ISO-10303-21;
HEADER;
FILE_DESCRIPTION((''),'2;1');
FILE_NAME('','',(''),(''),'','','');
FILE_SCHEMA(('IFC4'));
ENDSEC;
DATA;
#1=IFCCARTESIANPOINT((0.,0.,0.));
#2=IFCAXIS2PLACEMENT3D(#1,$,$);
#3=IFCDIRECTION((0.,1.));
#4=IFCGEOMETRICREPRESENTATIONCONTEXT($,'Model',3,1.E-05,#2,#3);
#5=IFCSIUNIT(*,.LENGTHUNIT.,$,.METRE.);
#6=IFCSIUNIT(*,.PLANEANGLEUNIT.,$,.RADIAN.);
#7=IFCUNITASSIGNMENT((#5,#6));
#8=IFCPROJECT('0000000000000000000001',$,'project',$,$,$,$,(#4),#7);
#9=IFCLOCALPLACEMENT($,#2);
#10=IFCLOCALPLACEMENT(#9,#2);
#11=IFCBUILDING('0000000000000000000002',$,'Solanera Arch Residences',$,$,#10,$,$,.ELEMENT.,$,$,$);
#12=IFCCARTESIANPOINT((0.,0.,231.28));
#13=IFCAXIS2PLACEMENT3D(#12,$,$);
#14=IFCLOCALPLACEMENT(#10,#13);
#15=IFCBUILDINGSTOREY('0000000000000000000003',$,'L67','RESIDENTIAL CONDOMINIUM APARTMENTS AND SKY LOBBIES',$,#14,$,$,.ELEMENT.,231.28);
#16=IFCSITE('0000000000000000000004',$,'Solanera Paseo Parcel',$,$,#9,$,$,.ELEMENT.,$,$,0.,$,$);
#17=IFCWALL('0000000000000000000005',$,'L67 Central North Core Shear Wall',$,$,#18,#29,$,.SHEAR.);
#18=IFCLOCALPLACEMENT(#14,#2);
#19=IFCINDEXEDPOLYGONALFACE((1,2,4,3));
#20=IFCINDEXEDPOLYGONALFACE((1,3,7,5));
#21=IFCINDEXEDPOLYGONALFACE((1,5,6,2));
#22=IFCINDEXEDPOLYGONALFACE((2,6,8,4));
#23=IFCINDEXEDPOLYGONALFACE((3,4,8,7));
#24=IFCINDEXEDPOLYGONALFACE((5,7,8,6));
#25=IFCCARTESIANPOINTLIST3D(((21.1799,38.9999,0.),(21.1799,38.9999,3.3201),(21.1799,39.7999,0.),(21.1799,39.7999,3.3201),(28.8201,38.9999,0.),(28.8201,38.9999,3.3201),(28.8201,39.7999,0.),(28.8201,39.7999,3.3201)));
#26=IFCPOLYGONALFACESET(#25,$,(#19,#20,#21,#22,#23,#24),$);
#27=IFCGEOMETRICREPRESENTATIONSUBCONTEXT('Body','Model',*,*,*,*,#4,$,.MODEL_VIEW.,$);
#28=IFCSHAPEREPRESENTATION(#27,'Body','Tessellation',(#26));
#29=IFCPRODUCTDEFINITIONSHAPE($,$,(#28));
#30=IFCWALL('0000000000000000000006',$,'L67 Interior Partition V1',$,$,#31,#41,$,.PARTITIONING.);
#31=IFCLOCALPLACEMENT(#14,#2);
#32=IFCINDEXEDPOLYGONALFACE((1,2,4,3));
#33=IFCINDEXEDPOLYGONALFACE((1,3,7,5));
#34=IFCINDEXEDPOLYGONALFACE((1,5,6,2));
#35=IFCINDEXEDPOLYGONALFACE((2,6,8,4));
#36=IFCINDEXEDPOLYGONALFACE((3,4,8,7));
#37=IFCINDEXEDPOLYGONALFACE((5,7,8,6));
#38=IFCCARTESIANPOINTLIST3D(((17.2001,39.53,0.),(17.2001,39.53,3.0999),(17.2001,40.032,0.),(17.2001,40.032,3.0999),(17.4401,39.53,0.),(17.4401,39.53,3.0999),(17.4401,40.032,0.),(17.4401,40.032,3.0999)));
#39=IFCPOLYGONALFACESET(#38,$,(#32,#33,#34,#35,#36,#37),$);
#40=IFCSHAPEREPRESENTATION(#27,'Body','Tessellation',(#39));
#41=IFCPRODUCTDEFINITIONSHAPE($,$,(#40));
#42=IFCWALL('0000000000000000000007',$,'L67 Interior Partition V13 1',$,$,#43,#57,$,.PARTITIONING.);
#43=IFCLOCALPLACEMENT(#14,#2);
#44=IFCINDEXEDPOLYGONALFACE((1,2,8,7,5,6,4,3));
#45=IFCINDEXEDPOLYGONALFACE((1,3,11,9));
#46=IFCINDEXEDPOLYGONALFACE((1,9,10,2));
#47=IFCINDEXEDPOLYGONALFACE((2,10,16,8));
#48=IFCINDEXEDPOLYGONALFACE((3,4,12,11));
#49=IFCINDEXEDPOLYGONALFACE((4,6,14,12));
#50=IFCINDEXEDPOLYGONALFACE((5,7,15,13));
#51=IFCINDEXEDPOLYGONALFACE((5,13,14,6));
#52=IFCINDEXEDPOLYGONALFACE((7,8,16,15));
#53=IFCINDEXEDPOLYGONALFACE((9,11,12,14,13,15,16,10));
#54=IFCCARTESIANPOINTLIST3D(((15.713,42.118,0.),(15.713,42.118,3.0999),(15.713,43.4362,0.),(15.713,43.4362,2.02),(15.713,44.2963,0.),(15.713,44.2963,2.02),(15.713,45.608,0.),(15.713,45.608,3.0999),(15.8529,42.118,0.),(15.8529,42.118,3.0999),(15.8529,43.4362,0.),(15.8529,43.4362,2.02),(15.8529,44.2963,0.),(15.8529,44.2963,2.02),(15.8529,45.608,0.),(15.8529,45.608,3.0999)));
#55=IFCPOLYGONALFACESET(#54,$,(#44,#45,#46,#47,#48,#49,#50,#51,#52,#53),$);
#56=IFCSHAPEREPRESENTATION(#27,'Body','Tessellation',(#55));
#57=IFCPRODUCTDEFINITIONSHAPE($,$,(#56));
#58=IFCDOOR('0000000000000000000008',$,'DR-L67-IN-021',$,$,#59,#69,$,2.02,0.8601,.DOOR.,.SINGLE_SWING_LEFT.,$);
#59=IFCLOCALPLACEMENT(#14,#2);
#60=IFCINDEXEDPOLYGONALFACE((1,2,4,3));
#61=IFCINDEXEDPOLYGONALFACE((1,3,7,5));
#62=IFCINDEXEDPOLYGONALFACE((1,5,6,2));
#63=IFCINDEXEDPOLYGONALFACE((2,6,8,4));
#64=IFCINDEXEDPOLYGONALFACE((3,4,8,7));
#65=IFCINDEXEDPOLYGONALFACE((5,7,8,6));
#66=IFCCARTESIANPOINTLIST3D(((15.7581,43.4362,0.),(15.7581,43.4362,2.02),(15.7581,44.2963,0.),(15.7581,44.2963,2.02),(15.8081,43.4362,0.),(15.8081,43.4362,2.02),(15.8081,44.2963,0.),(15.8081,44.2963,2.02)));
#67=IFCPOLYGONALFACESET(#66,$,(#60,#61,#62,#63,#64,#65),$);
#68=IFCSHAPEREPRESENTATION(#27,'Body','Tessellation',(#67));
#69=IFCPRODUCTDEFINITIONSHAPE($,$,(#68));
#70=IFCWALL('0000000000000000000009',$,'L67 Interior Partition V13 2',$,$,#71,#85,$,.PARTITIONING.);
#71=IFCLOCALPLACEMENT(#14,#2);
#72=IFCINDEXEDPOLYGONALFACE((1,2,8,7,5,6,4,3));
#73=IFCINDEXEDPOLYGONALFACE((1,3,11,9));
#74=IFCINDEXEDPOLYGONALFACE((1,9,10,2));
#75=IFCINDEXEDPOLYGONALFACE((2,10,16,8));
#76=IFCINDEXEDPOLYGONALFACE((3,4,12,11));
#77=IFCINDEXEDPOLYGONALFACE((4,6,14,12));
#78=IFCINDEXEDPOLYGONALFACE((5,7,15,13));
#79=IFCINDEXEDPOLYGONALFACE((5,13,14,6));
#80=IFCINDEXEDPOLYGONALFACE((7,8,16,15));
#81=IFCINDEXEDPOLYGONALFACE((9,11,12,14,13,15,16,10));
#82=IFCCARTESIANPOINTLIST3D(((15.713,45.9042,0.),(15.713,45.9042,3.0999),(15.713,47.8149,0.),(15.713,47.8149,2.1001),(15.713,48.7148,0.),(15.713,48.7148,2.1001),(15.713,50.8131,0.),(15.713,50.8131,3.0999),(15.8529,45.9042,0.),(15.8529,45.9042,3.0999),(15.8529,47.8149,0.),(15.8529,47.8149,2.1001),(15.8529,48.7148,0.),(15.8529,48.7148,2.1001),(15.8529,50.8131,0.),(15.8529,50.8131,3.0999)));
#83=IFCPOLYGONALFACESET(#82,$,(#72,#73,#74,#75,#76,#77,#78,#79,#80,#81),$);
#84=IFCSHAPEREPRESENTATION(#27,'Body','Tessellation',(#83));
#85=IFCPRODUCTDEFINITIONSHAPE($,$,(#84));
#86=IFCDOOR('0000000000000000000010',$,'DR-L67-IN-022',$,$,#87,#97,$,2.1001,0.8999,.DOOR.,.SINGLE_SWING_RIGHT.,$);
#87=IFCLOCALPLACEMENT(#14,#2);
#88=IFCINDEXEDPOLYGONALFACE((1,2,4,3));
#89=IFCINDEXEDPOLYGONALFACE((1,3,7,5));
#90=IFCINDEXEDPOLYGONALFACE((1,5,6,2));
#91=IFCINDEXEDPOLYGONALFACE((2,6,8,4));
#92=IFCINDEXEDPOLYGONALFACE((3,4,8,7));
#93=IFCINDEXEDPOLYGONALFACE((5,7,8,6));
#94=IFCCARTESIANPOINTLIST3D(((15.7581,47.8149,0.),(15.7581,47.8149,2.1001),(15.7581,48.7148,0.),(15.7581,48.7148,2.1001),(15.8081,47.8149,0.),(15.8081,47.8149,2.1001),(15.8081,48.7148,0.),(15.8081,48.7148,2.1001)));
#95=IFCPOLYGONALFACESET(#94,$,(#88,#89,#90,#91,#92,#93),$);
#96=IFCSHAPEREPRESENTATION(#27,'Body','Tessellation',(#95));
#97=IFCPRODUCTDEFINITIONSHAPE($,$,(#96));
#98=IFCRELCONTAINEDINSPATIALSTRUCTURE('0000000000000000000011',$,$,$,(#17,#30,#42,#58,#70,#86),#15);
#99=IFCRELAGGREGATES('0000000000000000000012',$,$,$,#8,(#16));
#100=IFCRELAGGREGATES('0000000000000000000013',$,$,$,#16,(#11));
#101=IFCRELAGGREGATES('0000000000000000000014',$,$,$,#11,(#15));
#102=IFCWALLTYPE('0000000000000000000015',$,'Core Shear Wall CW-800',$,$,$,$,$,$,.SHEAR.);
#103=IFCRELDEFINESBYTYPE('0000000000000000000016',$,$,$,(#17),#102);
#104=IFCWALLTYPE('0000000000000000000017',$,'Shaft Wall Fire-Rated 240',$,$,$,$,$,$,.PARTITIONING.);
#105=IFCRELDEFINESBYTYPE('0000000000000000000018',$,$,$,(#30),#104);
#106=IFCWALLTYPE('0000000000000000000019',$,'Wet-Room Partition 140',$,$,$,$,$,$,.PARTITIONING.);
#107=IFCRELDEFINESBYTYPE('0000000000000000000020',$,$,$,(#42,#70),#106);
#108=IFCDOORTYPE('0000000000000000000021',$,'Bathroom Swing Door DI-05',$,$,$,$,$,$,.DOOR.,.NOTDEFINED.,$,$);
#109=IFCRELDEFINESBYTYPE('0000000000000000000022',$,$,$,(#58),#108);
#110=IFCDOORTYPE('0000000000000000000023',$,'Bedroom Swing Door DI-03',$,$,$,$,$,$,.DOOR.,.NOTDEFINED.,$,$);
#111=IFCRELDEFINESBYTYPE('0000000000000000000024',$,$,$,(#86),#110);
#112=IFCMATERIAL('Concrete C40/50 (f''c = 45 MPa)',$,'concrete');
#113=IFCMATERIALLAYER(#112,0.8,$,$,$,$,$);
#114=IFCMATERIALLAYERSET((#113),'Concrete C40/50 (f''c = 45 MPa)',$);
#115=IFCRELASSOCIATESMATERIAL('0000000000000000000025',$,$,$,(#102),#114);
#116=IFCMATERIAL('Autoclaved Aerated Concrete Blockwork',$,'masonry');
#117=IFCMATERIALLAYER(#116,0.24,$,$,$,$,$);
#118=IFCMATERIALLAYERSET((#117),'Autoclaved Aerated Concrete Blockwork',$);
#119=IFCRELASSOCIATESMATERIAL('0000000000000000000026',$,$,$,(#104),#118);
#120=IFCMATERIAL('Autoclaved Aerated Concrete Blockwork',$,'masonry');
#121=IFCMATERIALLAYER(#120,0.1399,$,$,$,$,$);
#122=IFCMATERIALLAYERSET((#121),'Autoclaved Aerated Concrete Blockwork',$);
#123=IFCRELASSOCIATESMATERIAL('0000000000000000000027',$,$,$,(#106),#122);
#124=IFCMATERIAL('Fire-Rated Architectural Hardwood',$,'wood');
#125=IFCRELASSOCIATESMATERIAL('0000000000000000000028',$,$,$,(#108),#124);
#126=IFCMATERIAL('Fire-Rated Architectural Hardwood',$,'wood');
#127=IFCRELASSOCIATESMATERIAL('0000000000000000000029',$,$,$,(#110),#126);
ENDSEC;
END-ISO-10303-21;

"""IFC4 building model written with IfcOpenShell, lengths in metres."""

from ifc_helpers import new_model, si_unit, direction, frame, frame_2d, origin, place, context, subcontext, project, spatial, rectangle, extrude, material, layer, layer_set, type_object, element, fill, save


model = new_model("IFC4")

# Units and contexts
model_context = context("Model", 3, precision=1e-05, world=origin(), true_north=direction((0.0, 1.0)))
body_context = subcontext(model_context, "Body", "Model", "MODEL_VIEW")
ifc_project = project(units=[si_unit("LENGTHUNIT", "METRE"), si_unit("PLANEANGLEUNIT", "RADIAN")], contexts=[model_context])

# Site, building, storey
site_placement = place(None, origin())
site = spatial("IfcSite", under=ifc_project, at=site_placement, Name="Solanera Paseo Parcel", CompositionType="ELEMENT", RefElevation=0.0)
building_placement = place(site_placement, origin())
building = spatial("IfcBuilding", under=site, at=building_placement, Name="Solanera Arch Residences", CompositionType="ELEMENT")
storey_placement = place(building_placement, frame((0.0, 0.0, 231.28)))
storey = spatial("IfcBuildingStorey", under=building, at=storey_placement, Name="L67", Description="RESIDENTIAL CONDOMINIUM APARTMENTS AND SKY LOBBIES", CompositionType="ELEMENT", Elevation=231.28)

# Walls
ifc_material_1 = material(Name="Concrete C40/50 (f'c = 45 MPa)", Category="concrete")
ifc_layer_1 = layer(ifc_material_1, 0.8)
ifc_layer_set_1 = layer_set([ifc_layer_1], Name="Concrete C40/50 (f'c = 45 MPa)")
wall_type_1 = type_object("IfcWallType", Name="Core Shear Wall CW-800", PredefinedType="SHEAR", material=ifc_layer_set_1)
wall_1_placement = place(storey_placement, frame((21.1799, 39.3999, 0.0), z_axis=(0.0, 0.0, 1.0), x_axis=(1.0, 0.0, 0.0)))
element("IfcWall", 1, at=wall_1_placement, inside=storey, type_object=wall_type_1, Name="L67 Central North Core Shear Wall", PredefinedType="SHEAR", context=body_context, shape_type="SweptSolid", body=[
    extrude(rectangle(XDim=7.6401, YDim=0.8, at=frame_2d((3.8201, 0.0))), origin(), (0.0, 0.0, 1.0), 3.3201),
])
ifc_material_2 = material(Name="Autoclaved Aerated Concrete Blockwork", Category="masonry")
ifc_layer_2 = layer(ifc_material_2, 0.24)
ifc_layer_set_2 = layer_set([ifc_layer_2], Name="Autoclaved Aerated Concrete Blockwork")
wall_type_2 = type_object("IfcWallType", Name="Shaft Wall Fire-Rated 240", PredefinedType="PARTITIONING", material=ifc_layer_set_2)
wall_2_placement = place(storey_placement, frame((17.3201, 39.53, 0.0), z_axis=(0.0, 0.0, 1.0), x_axis=(0.0, 1.0, 0.0)))
element("IfcWall", 2, at=wall_2_placement, inside=storey, type_object=wall_type_2, Name="L67 Interior Partition V1", PredefinedType="PARTITIONING", context=body_context, shape_type="SweptSolid", body=[
    extrude(rectangle(XDim=0.502, YDim=0.24, at=frame_2d((0.251, 0.0))), origin(), (0.0, 0.0, 1.0), 3.0999),
])

# Walls, openings, doors
ifc_material_3 = material(Name="Autoclaved Aerated Concrete Blockwork", Category="masonry")
ifc_layer_3 = layer(ifc_material_3, 0.1399)
ifc_layer_set_3 = layer_set([ifc_layer_3], Name="Autoclaved Aerated Concrete Blockwork")
wall_type_3 = type_object("IfcWallType", Name="Wet-Room Partition 140", PredefinedType="PARTITIONING", material=ifc_layer_set_3)
wall_3_placement = place(storey_placement, frame((15.783, 42.1179, 0.0), z_axis=(0.0, 0.0, 1.0), x_axis=(0.0, 1.0, 0.0)))
wall_3 = element("IfcWall", 3, at=wall_3_placement, inside=storey, type_object=wall_type_3, Name="L67 Interior Partition V13 1", PredefinedType="PARTITIONING", context=body_context, shape_type="SweptSolid", body=[
    extrude(rectangle(XDim=3.49, YDim=0.1399, at=frame_2d((1.7451, 0.0))), origin(), (0.0, 0.0, 1.0), 3.0999),
])
opening_1_placement = place(wall_3_placement, frame((1.3181, 0.0, 0.0)))
opening_1 = element("IfcOpeningElement", 4, at=opening_1_placement, cuts=wall_3, PredefinedType="OPENING", context=body_context, shape_type="SweptSolid", body=[
    extrude(rectangle(XDim=0.8601, YDim=2.02, at=frame_2d((0.4302, 1.01))), frame((0.0, 0.0798, 0.0), z_axis=(0.0, -1.0, 0.0), x_axis=(1.0, 0.0, 0.0)), (0.0, 0.0, 1.0), 0.1599),
])
ifc_material_4 = material(Name="Fire-Rated Architectural Hardwood", Category="wood")
door_type_1 = type_object("IfcDoorType", Name="Bathroom Swing Door DI-05", OperationType="NOTDEFINED", PredefinedType="DOOR", material=ifc_material_4)
door_1_placement = place(opening_1_placement, origin())
door_1 = element("IfcDoor", 5, at=door_1_placement, inside=storey, type_object=door_type_1, Name="DR-L67-IN-021", OperationType="SINGLE_SWING_LEFT", OverallHeight=2.02, OverallWidth=0.8601, PredefinedType="DOOR", context=body_context, shape_type="SweptSolid", body=[
    extrude(rectangle(XDim=0.8601, YDim=2.02, at=frame_2d((0.4302, 1.01))), frame((0.0, 0.0249, 0.0), z_axis=(0.0, -1.0, 0.0), x_axis=(1.0, 0.0, 0.0)), (0.0, 0.0, 1.0), 0.05),
])
fill(opening_1, door_1)
wall_4_placement = place(storey_placement, frame((15.783, 45.9041, 0.0), z_axis=(0.0, 0.0, 1.0), x_axis=(0.0, 1.0, 0.0)))
wall_4 = element("IfcWall", 6, at=wall_4_placement, inside=storey, type_object=wall_type_3, Name="L67 Interior Partition V13 2", PredefinedType="PARTITIONING", context=body_context, shape_type="SweptSolid", body=[
    extrude(rectangle(XDim=4.9089, YDim=0.1399, at=frame_2d((2.4546, 0.0))), origin(), (0.0, 0.0, 1.0), 3.0999),
])
opening_2_placement = place(wall_4_placement, frame((1.9109, 0.0, 0.0)))
opening_2 = element("IfcOpeningElement", 7, at=opening_2_placement, cuts=wall_4, PredefinedType="OPENING", context=body_context, shape_type="SweptSolid", body=[
    extrude(rectangle(XDim=0.8999, YDim=2.1001, at=frame_2d((0.45, 1.05))), frame((0.0, 0.0798, 0.0), z_axis=(0.0, -1.0, 0.0), x_axis=(1.0, 0.0, 0.0)), (0.0, 0.0, 1.0), 0.1599),
])
ifc_material_5 = material(Name="Fire-Rated Architectural Hardwood", Category="wood")
door_type_2 = type_object("IfcDoorType", Name="Bedroom Swing Door DI-03", OperationType="NOTDEFINED", PredefinedType="DOOR", material=ifc_material_5)
door_2_placement = place(opening_2_placement, origin())
door_2 = element("IfcDoor", 8, at=door_2_placement, inside=storey, type_object=door_type_2, Name="DR-L67-IN-022", OperationType="SINGLE_SWING_RIGHT", OverallHeight=2.1001, OverallWidth=0.8999, PredefinedType="DOOR", context=body_context, shape_type="SweptSolid", body=[
    extrude(rectangle(XDim=0.8999, YDim=2.1001, at=frame_2d((0.45, 1.05))), frame((0.0, 0.0249, 0.0), z_axis=(0.0, -1.0, 0.0), x_axis=(1.0, 0.0, 0.0)), (0.0, 0.0, 1.0), 0.05),
])
fill(opening_2, door_2)

save(model, "model.ifc")
